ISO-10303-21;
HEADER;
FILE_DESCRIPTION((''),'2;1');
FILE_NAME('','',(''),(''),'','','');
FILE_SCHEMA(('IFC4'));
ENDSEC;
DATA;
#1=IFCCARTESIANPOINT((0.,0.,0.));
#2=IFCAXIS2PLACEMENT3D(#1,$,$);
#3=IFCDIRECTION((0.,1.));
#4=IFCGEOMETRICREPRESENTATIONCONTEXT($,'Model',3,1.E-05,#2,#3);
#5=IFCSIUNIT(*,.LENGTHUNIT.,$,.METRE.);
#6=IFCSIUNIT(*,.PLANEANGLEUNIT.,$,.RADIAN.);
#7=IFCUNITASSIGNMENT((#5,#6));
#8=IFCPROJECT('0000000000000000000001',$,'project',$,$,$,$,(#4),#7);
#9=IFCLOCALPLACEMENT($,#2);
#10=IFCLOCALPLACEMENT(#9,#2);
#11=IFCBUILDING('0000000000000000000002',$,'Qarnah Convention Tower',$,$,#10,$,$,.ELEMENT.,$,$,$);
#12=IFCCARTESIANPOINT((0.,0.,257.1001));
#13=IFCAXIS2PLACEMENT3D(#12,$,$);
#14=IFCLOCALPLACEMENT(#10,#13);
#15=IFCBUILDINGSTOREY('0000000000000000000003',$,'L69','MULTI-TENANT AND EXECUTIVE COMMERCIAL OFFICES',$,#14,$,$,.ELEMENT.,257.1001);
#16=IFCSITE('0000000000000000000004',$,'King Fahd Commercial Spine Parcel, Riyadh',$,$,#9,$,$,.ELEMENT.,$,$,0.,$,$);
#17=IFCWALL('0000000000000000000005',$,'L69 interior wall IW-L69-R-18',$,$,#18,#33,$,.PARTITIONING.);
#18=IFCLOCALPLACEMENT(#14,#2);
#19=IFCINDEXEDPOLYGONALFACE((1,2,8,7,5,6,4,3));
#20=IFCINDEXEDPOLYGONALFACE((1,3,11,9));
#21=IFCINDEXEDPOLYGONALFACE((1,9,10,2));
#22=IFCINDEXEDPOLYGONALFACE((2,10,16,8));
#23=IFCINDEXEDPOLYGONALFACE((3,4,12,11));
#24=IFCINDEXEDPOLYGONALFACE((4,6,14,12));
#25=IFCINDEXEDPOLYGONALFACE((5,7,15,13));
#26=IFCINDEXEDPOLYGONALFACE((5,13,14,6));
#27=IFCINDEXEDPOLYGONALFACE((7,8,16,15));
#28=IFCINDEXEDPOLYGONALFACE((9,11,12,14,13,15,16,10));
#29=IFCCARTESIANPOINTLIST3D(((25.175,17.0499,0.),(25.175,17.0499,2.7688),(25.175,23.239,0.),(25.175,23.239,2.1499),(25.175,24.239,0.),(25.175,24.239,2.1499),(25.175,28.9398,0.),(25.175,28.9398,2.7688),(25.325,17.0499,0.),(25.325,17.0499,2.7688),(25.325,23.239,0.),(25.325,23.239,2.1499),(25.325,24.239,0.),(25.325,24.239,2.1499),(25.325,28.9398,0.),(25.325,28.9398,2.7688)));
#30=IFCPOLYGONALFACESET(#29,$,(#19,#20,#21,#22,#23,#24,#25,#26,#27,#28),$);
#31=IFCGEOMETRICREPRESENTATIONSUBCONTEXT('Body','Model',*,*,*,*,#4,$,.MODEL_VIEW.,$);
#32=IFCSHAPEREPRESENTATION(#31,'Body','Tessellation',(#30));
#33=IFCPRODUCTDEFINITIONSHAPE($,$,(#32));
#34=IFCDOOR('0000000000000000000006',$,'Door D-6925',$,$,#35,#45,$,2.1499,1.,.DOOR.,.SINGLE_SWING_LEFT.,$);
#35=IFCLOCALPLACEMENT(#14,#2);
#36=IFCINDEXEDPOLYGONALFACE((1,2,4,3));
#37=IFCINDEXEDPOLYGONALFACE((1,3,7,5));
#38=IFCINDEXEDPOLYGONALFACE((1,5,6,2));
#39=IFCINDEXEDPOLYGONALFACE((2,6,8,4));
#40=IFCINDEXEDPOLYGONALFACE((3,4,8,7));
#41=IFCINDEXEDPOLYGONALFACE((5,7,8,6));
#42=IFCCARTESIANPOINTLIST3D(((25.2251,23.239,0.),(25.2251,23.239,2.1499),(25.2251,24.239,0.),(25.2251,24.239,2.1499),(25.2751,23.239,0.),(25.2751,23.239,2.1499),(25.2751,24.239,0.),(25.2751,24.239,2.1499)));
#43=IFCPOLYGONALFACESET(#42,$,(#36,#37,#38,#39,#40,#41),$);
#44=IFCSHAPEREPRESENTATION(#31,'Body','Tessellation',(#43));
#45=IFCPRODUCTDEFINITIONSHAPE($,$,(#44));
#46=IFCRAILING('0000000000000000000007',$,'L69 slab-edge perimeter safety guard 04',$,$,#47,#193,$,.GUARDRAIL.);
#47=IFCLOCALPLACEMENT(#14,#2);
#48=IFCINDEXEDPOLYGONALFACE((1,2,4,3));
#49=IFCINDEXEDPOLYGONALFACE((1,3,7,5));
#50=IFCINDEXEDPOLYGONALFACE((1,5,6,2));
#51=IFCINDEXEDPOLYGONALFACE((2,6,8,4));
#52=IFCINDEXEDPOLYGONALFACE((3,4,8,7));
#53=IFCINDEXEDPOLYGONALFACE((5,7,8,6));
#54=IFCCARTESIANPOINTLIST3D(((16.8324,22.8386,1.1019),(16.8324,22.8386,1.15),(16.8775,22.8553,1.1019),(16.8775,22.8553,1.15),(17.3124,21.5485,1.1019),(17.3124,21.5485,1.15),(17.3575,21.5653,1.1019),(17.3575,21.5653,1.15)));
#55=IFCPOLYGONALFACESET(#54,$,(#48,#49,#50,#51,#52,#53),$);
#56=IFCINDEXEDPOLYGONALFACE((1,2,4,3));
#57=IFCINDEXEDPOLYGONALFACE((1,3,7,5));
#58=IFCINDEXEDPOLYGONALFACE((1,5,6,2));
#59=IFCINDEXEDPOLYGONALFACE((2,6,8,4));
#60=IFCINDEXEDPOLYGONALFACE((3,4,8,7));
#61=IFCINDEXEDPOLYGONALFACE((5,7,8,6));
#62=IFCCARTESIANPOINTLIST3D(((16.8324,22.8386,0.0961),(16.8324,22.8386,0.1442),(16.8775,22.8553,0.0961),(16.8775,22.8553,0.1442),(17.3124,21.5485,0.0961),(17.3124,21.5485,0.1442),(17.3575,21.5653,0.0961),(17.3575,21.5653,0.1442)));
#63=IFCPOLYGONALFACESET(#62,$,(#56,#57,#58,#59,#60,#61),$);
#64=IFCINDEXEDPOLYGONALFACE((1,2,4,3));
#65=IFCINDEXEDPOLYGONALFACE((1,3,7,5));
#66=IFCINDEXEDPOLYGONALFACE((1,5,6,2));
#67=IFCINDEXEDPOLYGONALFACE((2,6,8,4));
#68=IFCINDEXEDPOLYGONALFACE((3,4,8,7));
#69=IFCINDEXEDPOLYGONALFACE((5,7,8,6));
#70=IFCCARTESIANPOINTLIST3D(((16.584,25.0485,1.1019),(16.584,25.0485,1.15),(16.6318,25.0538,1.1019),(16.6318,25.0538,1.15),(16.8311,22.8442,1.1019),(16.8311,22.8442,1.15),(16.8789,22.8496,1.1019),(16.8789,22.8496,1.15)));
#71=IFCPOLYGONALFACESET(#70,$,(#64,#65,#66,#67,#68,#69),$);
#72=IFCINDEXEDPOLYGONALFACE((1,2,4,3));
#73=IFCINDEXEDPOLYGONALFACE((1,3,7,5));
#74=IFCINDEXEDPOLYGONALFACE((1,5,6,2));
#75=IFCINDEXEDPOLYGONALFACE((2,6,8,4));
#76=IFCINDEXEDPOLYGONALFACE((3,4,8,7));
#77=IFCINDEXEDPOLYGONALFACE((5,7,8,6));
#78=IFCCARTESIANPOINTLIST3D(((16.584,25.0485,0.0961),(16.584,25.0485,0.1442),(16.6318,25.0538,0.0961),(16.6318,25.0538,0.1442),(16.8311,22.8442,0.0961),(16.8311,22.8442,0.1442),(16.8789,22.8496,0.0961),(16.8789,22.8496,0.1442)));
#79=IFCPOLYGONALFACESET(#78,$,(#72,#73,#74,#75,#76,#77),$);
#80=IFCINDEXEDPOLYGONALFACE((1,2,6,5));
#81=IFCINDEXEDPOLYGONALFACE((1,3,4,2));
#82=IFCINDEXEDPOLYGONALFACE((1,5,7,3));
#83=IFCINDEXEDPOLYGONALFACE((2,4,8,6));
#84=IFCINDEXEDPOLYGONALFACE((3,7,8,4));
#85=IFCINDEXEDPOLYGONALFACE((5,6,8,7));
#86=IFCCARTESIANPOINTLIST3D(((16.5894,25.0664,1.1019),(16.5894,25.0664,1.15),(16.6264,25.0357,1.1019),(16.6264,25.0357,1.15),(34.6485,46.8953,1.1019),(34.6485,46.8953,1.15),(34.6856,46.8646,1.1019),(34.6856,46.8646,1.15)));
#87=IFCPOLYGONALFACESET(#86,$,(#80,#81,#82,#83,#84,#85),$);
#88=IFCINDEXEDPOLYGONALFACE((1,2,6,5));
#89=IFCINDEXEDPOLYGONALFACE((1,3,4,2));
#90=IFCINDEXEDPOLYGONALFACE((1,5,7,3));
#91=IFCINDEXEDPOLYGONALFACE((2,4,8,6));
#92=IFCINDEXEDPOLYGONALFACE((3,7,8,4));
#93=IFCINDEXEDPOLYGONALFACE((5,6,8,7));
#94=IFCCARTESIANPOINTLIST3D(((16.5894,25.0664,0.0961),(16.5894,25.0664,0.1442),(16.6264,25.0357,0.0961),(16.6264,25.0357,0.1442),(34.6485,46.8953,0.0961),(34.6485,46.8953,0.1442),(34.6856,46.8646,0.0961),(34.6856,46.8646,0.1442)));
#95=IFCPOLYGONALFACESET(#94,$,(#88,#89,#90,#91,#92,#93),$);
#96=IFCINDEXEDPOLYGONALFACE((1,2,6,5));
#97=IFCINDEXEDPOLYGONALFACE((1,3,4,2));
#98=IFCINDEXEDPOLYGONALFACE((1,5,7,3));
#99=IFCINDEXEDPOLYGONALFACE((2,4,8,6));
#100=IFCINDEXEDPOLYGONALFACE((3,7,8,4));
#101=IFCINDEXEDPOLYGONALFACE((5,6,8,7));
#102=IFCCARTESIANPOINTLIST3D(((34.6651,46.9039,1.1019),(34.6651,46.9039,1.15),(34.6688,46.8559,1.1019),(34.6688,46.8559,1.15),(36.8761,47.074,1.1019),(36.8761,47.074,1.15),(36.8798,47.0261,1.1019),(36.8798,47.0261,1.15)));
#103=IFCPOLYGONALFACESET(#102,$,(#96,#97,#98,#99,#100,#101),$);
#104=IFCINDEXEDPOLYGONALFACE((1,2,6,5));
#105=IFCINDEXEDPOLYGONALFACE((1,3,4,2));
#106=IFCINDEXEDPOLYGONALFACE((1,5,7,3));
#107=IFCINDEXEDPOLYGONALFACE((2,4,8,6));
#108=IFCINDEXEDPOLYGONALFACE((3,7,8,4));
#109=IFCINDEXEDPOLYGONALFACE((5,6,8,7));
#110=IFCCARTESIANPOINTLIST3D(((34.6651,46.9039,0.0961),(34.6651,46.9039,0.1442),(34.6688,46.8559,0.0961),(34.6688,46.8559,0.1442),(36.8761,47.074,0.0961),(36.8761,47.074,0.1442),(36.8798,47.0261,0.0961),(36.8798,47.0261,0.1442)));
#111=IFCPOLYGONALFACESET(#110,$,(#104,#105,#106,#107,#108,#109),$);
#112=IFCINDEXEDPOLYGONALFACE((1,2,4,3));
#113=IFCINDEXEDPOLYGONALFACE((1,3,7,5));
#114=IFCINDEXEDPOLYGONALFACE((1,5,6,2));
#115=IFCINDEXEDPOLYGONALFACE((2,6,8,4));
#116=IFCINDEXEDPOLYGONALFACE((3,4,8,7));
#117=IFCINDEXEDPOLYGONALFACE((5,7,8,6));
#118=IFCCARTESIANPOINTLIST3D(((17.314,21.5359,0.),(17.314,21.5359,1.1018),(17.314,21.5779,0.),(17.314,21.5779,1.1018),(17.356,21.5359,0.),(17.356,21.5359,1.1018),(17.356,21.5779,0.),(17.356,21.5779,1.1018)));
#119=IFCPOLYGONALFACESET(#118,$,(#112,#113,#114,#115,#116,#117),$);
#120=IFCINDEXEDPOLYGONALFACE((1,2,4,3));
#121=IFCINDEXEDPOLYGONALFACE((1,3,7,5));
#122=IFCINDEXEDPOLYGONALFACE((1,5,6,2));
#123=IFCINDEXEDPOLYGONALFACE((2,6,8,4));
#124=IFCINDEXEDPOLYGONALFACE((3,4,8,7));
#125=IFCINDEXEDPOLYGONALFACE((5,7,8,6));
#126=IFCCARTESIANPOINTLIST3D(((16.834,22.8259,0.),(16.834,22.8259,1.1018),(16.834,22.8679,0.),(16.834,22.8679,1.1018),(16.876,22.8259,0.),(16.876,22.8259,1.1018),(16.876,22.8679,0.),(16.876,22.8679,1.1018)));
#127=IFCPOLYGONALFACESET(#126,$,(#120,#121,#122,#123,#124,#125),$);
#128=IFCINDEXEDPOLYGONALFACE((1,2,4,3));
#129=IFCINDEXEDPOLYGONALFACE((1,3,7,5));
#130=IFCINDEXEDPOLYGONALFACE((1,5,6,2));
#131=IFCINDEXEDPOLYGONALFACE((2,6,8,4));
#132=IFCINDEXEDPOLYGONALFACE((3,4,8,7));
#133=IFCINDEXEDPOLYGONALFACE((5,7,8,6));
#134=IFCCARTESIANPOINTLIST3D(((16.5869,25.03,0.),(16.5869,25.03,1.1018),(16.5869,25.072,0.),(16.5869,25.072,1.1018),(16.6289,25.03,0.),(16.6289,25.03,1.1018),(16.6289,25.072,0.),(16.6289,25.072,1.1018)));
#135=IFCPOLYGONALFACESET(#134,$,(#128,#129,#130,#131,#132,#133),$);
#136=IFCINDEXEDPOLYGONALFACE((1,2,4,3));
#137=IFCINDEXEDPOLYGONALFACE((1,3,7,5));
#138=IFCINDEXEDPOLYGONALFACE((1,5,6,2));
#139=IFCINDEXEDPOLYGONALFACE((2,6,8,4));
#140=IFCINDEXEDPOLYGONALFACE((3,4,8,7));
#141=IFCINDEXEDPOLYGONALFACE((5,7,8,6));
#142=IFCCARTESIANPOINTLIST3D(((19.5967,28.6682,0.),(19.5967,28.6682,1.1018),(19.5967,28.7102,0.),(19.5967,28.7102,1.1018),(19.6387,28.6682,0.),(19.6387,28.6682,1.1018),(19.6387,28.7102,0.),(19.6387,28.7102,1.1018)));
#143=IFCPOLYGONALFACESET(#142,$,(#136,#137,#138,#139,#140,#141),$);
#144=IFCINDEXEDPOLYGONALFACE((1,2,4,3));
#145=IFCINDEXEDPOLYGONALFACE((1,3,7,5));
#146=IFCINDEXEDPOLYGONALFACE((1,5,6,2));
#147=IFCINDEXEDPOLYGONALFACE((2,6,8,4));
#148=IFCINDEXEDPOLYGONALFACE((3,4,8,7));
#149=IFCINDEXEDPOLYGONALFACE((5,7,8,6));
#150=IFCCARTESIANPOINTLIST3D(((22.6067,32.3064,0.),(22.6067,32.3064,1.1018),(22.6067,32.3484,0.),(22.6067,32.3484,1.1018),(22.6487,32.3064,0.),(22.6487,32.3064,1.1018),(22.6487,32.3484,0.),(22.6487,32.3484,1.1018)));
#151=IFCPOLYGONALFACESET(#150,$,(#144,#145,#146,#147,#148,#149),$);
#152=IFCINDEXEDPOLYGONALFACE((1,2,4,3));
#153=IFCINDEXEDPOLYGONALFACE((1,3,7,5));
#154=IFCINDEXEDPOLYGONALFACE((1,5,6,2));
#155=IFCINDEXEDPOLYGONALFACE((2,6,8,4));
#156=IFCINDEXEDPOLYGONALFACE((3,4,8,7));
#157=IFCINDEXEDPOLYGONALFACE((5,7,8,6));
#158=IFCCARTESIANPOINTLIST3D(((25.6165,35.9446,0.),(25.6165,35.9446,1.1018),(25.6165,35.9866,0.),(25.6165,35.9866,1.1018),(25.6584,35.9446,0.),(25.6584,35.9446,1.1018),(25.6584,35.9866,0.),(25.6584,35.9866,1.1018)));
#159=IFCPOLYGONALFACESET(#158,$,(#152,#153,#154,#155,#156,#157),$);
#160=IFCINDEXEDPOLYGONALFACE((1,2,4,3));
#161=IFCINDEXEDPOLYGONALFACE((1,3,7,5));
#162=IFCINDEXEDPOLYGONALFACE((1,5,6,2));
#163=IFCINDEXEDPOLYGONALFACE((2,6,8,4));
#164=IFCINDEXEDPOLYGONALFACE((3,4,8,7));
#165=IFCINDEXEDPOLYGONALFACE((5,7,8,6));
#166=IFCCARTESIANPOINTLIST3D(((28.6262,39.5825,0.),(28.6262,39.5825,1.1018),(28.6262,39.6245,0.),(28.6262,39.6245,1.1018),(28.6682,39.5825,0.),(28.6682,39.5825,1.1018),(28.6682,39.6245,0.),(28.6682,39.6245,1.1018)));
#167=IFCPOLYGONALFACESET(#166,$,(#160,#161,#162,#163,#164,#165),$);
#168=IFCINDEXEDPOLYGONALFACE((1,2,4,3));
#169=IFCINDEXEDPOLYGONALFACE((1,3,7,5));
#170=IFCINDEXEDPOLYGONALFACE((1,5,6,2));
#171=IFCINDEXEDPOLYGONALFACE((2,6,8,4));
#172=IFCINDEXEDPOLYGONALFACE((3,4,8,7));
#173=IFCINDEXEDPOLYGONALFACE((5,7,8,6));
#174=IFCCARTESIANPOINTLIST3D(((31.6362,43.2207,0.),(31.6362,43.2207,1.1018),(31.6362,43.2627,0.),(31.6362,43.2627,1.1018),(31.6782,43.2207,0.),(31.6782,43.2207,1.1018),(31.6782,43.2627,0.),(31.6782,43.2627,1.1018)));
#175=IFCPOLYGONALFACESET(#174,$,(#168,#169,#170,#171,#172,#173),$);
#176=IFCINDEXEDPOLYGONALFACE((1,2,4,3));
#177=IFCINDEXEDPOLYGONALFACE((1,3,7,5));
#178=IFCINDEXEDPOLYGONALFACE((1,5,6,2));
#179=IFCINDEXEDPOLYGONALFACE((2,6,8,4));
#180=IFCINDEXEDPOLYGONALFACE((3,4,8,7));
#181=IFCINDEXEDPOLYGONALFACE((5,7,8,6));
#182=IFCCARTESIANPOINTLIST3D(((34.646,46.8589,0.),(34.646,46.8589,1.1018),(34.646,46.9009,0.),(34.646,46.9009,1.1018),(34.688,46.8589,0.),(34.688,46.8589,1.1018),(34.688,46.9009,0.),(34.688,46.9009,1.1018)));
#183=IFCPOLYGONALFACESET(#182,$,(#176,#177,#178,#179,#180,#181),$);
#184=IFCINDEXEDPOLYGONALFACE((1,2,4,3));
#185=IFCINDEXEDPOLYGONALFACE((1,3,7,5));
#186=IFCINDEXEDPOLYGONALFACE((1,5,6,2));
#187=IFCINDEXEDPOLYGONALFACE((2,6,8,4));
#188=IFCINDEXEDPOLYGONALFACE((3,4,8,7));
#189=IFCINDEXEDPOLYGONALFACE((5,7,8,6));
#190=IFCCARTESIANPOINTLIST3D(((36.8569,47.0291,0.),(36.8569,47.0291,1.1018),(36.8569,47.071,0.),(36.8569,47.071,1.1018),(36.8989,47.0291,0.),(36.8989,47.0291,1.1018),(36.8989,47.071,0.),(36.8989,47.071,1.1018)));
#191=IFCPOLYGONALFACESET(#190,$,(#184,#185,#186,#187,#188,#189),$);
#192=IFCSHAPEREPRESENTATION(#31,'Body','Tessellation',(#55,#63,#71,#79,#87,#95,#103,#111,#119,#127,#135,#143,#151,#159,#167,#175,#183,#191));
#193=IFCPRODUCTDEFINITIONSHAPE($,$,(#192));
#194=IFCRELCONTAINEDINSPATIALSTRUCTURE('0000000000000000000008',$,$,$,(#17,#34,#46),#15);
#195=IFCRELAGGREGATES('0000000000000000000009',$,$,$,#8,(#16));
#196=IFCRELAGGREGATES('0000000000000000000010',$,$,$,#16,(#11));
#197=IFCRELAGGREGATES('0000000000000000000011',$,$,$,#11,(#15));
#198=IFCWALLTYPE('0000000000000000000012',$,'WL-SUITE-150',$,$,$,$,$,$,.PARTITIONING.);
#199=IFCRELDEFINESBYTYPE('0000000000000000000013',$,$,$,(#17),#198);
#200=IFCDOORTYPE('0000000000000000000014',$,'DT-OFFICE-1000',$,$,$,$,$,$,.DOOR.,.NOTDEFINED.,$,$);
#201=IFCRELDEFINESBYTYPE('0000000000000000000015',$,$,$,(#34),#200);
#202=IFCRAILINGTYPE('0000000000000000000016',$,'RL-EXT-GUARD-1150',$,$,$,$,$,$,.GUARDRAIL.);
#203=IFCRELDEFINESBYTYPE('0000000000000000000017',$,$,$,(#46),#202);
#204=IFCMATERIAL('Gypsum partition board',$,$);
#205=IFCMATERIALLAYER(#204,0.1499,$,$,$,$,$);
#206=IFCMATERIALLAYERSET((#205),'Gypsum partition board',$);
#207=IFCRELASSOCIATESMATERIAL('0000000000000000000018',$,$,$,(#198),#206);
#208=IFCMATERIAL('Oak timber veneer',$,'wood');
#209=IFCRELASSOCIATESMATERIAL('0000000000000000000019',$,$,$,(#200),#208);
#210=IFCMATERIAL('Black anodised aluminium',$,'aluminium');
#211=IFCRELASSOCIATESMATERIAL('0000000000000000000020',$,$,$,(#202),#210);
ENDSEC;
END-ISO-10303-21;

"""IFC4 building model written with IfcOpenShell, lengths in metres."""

from ifc_helpers import new_model, si_unit, direction, frame, frame_2d, origin, origin_2d, place, context, subcontext, project, spatial, rectangle, extrude, material, layer, layer_set, type_object, element, fill, save


model = new_model("IFC4")

# Units and contexts
model_context = context("Model", 3, precision=1e-05, world=origin(), true_north=direction((0.0, 1.0)))
body_context = subcontext(model_context, "Body", "Model", "MODEL_VIEW")
ifc_project = project(units=[si_unit("LENGTHUNIT", "METRE"), si_unit("PLANEANGLEUNIT", "RADIAN")], contexts=[model_context])

# Site, building, storey
site_placement = place(None, origin())
site = spatial("IfcSite", under=ifc_project, at=site_placement, Name="King Fahd Commercial Spine Parcel, Riyadh", CompositionType="ELEMENT", RefElevation=0.0)
building_placement = place(site_placement, origin())
building = spatial("IfcBuilding", under=site, at=building_placement, Name="Qarnah Convention Tower", CompositionType="ELEMENT")
storey_placement = place(building_placement, frame((0.0, 0.0, 257.1001)))
storey = spatial("IfcBuildingStorey", under=building, at=storey_placement, Name="L69", Description="MULTI-TENANT AND EXECUTIVE COMMERCIAL OFFICES", CompositionType="ELEMENT", Elevation=257.1001)

# Shared definitions
ifc_material_1 = material(Name="Black anodised aluminium", Category="aluminium")

# Shared definitions
ifc_material_2 = material(Name="Gypsum partition board")
ifc_layer_1 = layer(ifc_material_2, 0.1499)
ifc_layer_set_1 = layer_set([ifc_layer_1], Name="Gypsum partition board")
wall_type_1 = type_object("IfcWallType", Name="WL-SUITE-150", PredefinedType="PARTITIONING", material=ifc_layer_set_1)

# Wall, opening, door
wall_1_placement = place(storey_placement, frame((25.25, 17.05, 0.0), z_axis=(0.0, 0.0, 1.0), x_axis=(0.0, 1.0, 0.0)))
wall_1 = element("IfcWall", 1, at=wall_1_placement, inside=storey, type_object=wall_type_1, Name="L69 interior wall IW-L69-R-18", PredefinedType="PARTITIONING", context=body_context, shape_type="SweptSolid", body=[
    extrude(rectangle(XDim=11.8899, YDim=0.1499, at=frame_2d((5.9448, 0.0))), origin(), (0.0, 0.0, 1.0), 2.7688),
])
opening_1_placement = place(wall_1_placement, frame((6.189, 0.0, 0.0)))
opening_1 = element("IfcOpeningElement", 2, at=opening_1_placement, cuts=wall_1, PredefinedType="OPENING", context=body_context, shape_type="SweptSolid", body=[
    extrude(rectangle(XDim=1.0, YDim=2.1499, at=frame_2d((0.5, 1.075))), frame((0.0, 0.085, 0.0), z_axis=(0.0, -1.0, 0.0), x_axis=(1.0, 0.0, 0.0)), (0.0, 0.0, 1.0), 0.1699),
])
ifc_material_3 = material(Name="Oak timber veneer", Category="wood")
door_type_1 = type_object("IfcDoorType", Name="DT-OFFICE-1000", OperationType="NOTDEFINED", PredefinedType="DOOR", material=ifc_material_3)
door_1_placement = place(opening_1_placement, origin())
door_1 = element("IfcDoor", 3, at=door_1_placement, inside=storey, type_object=door_type_1, Name="Door D-6925", OperationType="SINGLE_SWING_LEFT", OverallHeight=2.1499, OverallWidth=1.0, PredefinedType="DOOR", context=body_context, shape_type="SweptSolid", body=[
    extrude(rectangle(XDim=1.0, YDim=2.1499, at=frame_2d((0.5, 1.075))), frame((0.0, 0.0249, 0.0), z_axis=(0.0, -1.0, 0.0), x_axis=(1.0, 0.0, 0.0)), (0.0, 0.0, 1.0), 0.05),
])
fill(opening_1, door_1)

# Railing
railing_type = type_object("IfcRailingType", Name="RL-EXT-GUARD-1150", PredefinedType="GUARDRAIL", material=ifc_material_1)
railing_1_placement = place(storey_placement, frame((17.335, 21.5569, 0.0)))
element("IfcRailing", 4, at=railing_1_placement, inside=storey, type_object=railing_type, Name="L69 slab-edge perimeter safety guard 04", PredefinedType="GUARDRAIL", context=body_context, shape_type="SweptSolid", body=[
    extrude(rectangle(XDim=0.0481, YDim=0.0481, at=origin_2d()), frame((0.0, 0.0, 1.126), z_axis=(-0.348712, 0.93723, 0.0), x_axis=(-0.93723, -0.348712, 0.0)), (0.0, 0.0, 1.0), 1.3765),
    extrude(rectangle(XDim=0.0481, YDim=0.0481, at=origin_2d()), frame((0.0, 0.0, 0.1201), z_axis=(-0.348712, 0.93723, 0.0), x_axis=(-0.93723, -0.348712, 0.0)), (0.0, 0.0, 1.0), 1.3765),
    extrude(rectangle(XDim=0.0481, YDim=0.0481, at=origin_2d()), frame((-0.48, 1.29, 1.126), z_axis=(-0.111398, 0.993776, 0.0), x_axis=(-0.993776, -0.111398, 0.0)), (0.0, 0.0, 1.0), 2.218),
    extrude(rectangle(XDim=0.0481, YDim=0.0481, at=origin_2d()), frame((-0.48, 1.29, 0.1201), z_axis=(-0.111398, 0.993776, 0.0), x_axis=(-0.993776, -0.111398, 0.0)), (0.0, 0.0, 1.0), 2.218),
    extrude(rectangle(XDim=0.0481, YDim=0.0481, at=origin_2d()), frame((-0.7271, 3.4941, 1.126), z_axis=(0.637438, 0.770501, 0.0), x_axis=(-0.770501, 0.637438, 0.0)), (0.0, 0.0, 1.0), 28.3308),
    extrude(rectangle(XDim=0.0481, YDim=0.0481, at=origin_2d()), frame((-0.7271, 3.4941, 0.1201), z_axis=(0.637438, 0.770501, 0.0), x_axis=(-0.770501, 0.637438, 0.0)), (0.0, 0.0, 1.0), 28.3308),
    extrude(rectangle(XDim=0.0481, YDim=0.0481, at=origin_2d()), frame((17.332, 25.323, 1.126), z_axis=(0.997051, 0.076739, 0.0), x_axis=(-0.076739, 0.997051, 0.0)), (0.0, 0.0, 1.0), 2.2175),
    extrude(rectangle(XDim=0.0481, YDim=0.0481, at=origin_2d()), frame((17.332, 25.323, 0.1201), z_axis=(0.997051, 0.076739, 0.0), x_axis=(-0.076739, 0.997051, 0.0)), (0.0, 0.0, 1.0), 2.2175),
    extrude(rectangle(XDim=0.042, YDim=0.042, at=origin_2d()), origin(), (0.0, 0.0, 1.0), 1.1018),
    extrude(rectangle(XDim=0.042, YDim=0.042, at=origin_2d()), frame((-0.48, 1.29, 0.0)), (0.0, 0.0, 1.0), 1.1018),
    extrude(rectangle(XDim=0.042, YDim=0.042, at=origin_2d()), frame((-0.7271, 3.4941, 0.0)), (0.0, 0.0, 1.0), 1.1018),
    extrude(rectangle(XDim=0.042, YDim=0.042, at=origin_2d()), frame((2.2827, 7.1323, 0.0)), (0.0, 0.0, 1.0), 1.1018),
    extrude(rectangle(XDim=0.042, YDim=0.042, at=origin_2d()), frame((5.2927, 10.7705, 0.0)), (0.0, 0.0, 1.0), 1.1018),
    extrude(rectangle(XDim=0.042, YDim=0.042, at=origin_2d()), frame((8.3025, 14.4087, 0.0)), (0.0, 0.0, 1.0), 1.1018),
    extrude(rectangle(XDim=0.042, YDim=0.042, at=origin_2d()), frame((11.3123, 18.0466, 0.0)), (0.0, 0.0, 1.0), 1.1018),
    extrude(rectangle(XDim=0.042, YDim=0.042, at=origin_2d()), frame((14.3223, 21.6848, 0.0)), (0.0, 0.0, 1.0), 1.1018),
    extrude(rectangle(XDim=0.042, YDim=0.042, at=origin_2d()), frame((17.332, 25.323, 0.0)), (0.0, 0.0, 1.0), 1.1018),
    extrude(rectangle(XDim=0.042, YDim=0.042, at=origin_2d()), frame((19.543, 25.4932, 0.0)), (0.0, 0.0, 1.0), 1.1018),
])

save(model, "model.ifc")
